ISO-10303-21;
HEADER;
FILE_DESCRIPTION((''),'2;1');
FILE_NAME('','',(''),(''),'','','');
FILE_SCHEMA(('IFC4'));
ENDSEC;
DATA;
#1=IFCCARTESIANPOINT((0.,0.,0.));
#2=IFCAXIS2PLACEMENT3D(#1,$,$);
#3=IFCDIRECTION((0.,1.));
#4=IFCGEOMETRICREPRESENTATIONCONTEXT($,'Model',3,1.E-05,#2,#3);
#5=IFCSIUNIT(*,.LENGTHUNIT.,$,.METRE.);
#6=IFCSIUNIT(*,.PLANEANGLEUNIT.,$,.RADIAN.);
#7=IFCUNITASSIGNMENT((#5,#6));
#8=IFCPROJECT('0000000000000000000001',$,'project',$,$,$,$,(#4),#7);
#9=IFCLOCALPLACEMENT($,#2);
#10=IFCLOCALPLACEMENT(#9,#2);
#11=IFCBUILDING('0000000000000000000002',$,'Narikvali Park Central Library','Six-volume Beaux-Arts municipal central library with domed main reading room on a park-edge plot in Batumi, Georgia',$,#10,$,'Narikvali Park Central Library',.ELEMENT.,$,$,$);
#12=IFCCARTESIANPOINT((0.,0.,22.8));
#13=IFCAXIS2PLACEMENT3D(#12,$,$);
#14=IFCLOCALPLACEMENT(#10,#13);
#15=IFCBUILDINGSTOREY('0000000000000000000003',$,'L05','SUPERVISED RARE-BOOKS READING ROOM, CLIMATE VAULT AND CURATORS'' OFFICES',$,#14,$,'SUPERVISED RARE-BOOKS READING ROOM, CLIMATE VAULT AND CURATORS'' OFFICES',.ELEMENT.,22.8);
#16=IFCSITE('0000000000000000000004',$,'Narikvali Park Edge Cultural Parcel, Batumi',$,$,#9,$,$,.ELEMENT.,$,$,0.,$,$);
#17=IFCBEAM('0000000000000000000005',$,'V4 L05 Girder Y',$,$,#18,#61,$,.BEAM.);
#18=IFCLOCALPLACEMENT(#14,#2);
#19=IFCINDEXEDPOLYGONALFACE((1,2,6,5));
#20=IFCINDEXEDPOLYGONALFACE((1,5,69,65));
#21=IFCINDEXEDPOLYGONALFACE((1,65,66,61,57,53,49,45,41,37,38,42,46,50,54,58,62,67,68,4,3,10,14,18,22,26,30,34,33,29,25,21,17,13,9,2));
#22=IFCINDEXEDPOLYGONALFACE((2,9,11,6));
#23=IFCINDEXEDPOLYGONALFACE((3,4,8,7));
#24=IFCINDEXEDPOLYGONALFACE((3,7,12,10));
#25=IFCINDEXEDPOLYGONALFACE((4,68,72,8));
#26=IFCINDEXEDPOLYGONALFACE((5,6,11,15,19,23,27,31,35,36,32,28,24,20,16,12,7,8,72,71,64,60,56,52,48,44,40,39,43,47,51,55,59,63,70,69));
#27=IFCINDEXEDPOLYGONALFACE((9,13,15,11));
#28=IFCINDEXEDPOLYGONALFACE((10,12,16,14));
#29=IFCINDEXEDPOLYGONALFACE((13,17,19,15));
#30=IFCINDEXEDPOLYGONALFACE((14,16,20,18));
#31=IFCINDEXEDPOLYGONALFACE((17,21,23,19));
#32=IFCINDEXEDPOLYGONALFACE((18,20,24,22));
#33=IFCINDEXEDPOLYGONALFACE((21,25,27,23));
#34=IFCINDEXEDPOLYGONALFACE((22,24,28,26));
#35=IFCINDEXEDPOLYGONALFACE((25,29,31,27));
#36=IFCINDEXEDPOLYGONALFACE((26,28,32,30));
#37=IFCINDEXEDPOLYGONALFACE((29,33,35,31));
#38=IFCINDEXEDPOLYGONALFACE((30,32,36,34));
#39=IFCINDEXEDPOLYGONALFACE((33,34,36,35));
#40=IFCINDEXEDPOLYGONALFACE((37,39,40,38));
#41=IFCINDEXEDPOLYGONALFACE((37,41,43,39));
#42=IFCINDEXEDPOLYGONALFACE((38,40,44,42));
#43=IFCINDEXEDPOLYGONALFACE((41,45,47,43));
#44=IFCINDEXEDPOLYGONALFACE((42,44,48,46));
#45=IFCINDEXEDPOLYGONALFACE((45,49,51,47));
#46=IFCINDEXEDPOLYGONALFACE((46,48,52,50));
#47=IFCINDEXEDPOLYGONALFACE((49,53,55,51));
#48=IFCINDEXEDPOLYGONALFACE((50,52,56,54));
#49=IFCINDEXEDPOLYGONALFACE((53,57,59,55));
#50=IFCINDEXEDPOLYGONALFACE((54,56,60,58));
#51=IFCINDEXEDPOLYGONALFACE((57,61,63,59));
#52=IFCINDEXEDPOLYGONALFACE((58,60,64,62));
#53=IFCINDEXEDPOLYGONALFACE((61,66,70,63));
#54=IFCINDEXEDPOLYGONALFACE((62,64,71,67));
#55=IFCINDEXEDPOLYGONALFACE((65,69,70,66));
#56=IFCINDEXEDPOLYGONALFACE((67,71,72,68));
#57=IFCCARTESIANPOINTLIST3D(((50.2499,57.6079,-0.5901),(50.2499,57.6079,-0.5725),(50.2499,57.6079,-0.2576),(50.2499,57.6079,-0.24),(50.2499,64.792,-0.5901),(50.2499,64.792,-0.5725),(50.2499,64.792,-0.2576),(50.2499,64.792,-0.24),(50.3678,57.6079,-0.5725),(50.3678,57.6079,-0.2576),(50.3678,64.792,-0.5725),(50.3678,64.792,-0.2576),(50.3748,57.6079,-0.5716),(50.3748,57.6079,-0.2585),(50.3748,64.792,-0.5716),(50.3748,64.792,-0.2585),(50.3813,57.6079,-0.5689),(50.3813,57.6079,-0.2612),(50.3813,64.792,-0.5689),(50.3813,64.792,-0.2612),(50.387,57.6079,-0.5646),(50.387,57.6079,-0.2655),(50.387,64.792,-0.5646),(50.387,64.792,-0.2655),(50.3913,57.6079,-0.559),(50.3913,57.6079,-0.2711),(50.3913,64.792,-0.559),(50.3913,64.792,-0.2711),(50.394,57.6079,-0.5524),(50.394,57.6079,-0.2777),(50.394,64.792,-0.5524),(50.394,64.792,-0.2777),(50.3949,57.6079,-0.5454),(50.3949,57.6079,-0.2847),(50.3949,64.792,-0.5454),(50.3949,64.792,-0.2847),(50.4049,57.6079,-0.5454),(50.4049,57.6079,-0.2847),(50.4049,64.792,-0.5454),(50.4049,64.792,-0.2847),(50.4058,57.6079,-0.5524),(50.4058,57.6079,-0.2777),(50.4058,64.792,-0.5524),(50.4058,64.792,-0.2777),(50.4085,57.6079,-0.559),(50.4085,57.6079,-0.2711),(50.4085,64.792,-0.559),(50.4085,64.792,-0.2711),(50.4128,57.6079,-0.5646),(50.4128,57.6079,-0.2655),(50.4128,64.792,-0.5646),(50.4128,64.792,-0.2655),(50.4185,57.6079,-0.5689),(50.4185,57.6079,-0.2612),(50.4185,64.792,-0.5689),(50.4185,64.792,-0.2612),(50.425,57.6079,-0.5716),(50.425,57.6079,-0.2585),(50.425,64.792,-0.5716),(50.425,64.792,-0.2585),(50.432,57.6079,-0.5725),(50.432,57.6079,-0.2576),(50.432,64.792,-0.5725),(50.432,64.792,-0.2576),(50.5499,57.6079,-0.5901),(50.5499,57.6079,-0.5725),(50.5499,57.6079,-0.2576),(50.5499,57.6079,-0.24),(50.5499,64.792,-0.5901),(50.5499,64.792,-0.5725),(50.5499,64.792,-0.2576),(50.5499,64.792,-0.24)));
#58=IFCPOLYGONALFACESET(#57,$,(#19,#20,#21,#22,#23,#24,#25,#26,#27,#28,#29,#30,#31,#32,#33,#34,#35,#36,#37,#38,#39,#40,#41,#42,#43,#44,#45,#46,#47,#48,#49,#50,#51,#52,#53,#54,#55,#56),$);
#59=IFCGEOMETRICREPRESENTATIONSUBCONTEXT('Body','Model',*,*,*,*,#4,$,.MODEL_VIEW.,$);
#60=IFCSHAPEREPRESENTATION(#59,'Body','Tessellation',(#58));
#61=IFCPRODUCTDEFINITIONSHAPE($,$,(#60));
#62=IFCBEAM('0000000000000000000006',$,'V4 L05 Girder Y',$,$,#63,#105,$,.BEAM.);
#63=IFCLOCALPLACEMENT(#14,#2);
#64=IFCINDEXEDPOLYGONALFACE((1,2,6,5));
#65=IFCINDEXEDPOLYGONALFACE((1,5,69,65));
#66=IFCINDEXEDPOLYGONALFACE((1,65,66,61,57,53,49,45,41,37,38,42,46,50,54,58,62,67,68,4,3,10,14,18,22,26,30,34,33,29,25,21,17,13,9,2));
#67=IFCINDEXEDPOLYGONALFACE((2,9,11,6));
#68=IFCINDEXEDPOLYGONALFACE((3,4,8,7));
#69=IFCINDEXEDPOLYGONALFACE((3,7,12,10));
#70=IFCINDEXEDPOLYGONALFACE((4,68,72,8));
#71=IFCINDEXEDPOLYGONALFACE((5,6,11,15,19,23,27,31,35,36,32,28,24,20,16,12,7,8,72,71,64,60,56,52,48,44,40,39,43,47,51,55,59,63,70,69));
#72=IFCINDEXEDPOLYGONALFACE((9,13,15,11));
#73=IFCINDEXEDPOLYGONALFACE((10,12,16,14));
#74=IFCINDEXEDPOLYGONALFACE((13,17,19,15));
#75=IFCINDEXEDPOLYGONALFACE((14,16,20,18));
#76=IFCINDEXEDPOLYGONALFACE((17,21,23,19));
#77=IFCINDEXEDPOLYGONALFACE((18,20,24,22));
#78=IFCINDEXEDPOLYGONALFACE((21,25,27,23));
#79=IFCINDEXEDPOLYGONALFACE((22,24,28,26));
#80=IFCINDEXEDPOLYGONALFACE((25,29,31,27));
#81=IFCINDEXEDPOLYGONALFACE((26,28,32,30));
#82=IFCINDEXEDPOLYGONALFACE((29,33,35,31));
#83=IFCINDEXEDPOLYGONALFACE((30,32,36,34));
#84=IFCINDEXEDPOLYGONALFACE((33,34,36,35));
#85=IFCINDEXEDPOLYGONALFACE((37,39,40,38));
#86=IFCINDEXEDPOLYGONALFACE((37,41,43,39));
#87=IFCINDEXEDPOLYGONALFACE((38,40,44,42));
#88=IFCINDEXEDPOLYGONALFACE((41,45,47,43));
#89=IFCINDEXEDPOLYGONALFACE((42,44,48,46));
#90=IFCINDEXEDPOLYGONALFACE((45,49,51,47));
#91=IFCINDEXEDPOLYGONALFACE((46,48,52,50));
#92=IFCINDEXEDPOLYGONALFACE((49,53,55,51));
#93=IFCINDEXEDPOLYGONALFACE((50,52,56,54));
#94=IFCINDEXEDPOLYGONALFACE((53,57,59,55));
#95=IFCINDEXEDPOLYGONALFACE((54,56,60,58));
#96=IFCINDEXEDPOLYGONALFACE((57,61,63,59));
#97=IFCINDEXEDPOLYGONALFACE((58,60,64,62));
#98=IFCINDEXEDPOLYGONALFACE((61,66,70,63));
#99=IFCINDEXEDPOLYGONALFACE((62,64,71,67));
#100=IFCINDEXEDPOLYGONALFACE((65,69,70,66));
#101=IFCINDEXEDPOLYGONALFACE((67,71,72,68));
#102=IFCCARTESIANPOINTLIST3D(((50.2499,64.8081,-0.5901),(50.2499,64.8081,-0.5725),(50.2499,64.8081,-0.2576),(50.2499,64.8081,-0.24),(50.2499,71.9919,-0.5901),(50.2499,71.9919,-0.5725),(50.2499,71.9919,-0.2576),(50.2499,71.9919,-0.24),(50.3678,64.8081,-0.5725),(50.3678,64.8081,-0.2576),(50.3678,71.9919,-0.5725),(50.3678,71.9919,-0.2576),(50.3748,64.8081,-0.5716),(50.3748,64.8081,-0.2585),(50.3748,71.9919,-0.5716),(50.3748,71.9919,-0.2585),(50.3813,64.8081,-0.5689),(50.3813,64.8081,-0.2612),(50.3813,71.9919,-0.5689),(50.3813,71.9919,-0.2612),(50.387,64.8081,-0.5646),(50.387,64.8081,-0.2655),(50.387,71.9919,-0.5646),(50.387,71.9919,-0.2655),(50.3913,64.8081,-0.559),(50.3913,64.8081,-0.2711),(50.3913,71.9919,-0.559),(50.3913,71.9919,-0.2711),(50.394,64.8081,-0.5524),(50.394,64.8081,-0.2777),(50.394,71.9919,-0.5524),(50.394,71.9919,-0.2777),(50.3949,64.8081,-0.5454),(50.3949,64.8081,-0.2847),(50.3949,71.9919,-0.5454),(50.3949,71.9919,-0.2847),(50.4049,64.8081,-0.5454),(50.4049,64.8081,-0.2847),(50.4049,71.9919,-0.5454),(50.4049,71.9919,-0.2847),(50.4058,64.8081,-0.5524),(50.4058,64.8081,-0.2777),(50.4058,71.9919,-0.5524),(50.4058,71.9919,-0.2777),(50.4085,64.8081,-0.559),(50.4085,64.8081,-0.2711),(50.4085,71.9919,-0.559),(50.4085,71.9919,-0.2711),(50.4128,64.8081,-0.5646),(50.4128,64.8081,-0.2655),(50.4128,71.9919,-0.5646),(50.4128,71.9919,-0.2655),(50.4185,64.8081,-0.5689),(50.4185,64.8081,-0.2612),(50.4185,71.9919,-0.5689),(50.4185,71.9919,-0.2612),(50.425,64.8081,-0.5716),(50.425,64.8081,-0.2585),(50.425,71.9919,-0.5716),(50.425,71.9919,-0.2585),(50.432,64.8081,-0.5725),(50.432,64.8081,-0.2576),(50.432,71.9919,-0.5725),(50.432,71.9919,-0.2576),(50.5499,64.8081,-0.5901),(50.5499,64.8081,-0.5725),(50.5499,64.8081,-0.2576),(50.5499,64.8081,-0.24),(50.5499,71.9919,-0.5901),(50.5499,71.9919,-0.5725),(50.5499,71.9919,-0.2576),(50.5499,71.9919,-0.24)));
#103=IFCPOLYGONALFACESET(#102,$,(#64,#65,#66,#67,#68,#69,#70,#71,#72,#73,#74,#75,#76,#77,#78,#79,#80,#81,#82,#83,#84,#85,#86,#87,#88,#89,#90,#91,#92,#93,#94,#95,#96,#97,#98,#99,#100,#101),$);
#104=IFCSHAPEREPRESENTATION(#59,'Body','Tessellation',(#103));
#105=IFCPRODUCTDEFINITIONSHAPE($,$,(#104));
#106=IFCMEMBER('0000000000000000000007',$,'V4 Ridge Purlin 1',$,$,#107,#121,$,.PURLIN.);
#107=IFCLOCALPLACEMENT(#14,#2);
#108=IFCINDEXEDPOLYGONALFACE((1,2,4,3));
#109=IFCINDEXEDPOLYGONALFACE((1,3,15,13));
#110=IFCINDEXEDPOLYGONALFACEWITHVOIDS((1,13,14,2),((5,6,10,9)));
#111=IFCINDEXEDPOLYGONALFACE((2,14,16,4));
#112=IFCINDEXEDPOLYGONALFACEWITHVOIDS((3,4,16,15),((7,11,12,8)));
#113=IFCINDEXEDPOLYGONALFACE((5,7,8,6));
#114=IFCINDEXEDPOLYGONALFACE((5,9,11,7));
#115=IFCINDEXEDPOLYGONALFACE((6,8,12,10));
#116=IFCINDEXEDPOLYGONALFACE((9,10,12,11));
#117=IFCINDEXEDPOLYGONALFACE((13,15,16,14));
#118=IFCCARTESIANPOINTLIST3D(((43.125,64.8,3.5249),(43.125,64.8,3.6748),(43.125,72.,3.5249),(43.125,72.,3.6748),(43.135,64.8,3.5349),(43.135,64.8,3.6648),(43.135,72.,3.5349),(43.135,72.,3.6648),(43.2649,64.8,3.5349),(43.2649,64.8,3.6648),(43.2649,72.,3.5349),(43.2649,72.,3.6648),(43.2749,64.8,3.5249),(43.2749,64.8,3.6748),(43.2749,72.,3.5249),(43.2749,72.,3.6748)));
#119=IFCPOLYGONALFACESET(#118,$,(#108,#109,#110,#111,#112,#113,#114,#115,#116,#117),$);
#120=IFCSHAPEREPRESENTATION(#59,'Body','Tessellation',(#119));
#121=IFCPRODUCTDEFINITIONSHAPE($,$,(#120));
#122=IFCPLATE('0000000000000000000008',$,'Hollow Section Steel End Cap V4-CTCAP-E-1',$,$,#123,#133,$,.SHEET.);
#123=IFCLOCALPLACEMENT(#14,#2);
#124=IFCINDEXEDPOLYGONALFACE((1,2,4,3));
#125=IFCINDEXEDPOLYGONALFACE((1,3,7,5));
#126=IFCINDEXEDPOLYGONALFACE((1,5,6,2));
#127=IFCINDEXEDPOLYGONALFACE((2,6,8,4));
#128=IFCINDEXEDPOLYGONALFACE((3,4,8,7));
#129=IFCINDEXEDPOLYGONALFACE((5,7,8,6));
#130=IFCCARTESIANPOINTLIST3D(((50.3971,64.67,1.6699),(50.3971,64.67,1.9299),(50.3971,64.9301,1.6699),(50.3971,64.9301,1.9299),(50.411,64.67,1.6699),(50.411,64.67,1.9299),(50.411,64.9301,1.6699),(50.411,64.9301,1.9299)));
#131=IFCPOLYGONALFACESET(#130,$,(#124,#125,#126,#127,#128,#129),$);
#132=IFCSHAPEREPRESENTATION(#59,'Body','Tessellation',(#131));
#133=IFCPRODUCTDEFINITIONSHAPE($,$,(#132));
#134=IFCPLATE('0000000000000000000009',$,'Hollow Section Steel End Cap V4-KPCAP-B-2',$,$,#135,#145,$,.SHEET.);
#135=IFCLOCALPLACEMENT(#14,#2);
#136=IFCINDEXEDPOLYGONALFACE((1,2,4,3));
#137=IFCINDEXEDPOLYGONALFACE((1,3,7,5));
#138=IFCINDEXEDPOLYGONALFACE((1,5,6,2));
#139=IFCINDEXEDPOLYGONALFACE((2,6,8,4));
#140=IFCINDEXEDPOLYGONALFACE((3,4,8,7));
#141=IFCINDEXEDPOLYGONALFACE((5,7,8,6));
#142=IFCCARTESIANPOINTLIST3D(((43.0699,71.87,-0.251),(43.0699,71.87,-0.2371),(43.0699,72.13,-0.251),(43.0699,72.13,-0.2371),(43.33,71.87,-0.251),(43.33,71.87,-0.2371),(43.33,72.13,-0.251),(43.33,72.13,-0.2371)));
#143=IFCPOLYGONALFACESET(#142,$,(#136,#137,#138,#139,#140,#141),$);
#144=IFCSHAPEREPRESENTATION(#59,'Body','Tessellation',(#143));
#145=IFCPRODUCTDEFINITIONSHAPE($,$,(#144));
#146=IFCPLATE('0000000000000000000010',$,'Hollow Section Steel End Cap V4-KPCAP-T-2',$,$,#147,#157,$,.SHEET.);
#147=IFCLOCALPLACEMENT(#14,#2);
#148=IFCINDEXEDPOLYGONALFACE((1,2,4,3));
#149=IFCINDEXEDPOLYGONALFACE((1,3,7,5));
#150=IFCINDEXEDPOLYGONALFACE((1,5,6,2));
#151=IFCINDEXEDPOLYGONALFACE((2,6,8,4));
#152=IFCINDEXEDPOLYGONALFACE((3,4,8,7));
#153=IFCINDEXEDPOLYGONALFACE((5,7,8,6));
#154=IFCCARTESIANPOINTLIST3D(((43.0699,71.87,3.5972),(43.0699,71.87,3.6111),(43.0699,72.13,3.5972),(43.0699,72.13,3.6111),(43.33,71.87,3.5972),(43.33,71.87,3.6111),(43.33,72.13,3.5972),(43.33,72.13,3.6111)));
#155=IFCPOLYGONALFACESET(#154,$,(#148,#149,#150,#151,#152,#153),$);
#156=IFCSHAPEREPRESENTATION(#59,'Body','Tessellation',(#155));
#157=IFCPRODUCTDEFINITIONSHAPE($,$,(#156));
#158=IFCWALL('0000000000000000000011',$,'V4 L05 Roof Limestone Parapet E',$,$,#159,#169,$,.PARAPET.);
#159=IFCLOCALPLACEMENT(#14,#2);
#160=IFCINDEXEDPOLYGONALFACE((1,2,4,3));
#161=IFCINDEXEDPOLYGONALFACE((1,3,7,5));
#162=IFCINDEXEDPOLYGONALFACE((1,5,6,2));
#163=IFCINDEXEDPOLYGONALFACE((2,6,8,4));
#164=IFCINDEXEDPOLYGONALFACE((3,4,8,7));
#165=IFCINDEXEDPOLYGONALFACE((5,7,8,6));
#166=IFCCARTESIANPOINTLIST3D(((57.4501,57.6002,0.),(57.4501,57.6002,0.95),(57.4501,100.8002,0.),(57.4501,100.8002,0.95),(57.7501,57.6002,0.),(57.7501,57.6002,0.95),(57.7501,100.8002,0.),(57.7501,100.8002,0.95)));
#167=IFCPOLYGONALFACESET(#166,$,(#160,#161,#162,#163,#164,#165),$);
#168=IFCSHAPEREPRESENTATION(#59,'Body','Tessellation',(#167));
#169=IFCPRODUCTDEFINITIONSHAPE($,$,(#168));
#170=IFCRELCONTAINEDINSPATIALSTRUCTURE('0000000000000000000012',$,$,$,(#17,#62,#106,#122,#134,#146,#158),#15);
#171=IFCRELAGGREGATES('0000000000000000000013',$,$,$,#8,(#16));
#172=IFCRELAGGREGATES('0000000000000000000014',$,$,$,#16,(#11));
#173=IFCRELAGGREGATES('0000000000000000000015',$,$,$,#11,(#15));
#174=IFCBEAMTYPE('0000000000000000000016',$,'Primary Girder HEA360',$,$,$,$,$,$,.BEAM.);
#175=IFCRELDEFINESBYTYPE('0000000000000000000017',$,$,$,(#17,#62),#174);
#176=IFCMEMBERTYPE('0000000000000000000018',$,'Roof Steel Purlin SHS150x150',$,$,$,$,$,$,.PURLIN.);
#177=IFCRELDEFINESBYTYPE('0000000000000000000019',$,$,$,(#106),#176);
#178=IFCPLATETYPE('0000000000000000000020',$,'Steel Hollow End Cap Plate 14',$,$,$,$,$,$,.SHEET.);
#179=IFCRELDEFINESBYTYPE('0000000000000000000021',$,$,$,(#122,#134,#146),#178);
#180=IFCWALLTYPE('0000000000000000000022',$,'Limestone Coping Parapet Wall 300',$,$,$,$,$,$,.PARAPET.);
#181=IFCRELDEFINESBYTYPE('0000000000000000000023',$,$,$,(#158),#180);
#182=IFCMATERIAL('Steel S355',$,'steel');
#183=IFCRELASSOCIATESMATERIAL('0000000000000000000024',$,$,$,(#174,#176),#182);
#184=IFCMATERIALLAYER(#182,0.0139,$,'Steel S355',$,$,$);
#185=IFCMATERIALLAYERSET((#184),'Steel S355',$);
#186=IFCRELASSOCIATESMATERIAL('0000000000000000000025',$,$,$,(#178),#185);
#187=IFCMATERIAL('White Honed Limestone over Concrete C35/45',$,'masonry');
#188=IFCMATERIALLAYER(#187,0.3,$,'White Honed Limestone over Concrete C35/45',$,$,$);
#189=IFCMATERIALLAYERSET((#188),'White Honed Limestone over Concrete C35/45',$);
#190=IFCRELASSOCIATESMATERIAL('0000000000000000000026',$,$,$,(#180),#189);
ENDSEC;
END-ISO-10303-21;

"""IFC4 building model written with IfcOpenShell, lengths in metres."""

from ifc_helpers import new_model, si_unit, direction, frame, frame_2d, origin, origin_2d, place, context, subcontext, project, spatial, rectangle, hollow_rectangle, i_section, extrude, material, layer, layer_set, material_profile, profile_set, type_object, element, save


model = new_model("IFC4")

# Units and contexts
model_context = context("Model", 3, precision=1e-05, world=origin(), true_north=direction((0.0, 1.0)))
body_context = subcontext(model_context, "Body", "Model", "MODEL_VIEW")
ifc_project = project(units=[si_unit("LENGTHUNIT", "METRE"), si_unit("PLANEANGLEUNIT", "RADIAN")], contexts=[model_context])

# Site, building, storey
site_placement = place(None, origin())
site = spatial("IfcSite", under=ifc_project, at=site_placement, Name="Narikvali Park Edge Cultural Parcel, Batumi", CompositionType="ELEMENT", RefElevation=0.0)
building_placement = place(site_placement, origin())
building = spatial("IfcBuilding", under=site, at=building_placement, Name="Narikvali Park Central Library", Description="Six-volume Beaux-Arts municipal central library with domed main reading room on a park-edge plot in Batumi, Georgia", LongName="Narikvali Park Central Library", CompositionType="ELEMENT")
storey_placement = place(building_placement, frame((0.0, 0.0, 22.8)))
storey = spatial("IfcBuildingStorey", under=building, at=storey_placement, Name="L05", Description="SUPERVISED RARE-BOOKS READING ROOM, CLIMATE VAULT AND CURATORS' OFFICES", LongName="SUPERVISED RARE-BOOKS READING ROOM, CLIMATE VAULT AND CURATORS' OFFICES", CompositionType="ELEMENT", Elevation=22.8)

# Shared definitions
ifc_material_1 = material(Name="Steel S355", Category="steel")

# Beams
ifc_material_profile_1 = material_profile(ifc_material_1, i_section(OverallWidth=0.3, OverallDepth=0.3501, WebThickness=0.01, FlangeThickness=0.0176, FilletRadius=0.0271, at=origin_2d()), Name="HEA 360")
ifc_profile_set_1 = profile_set([ifc_material_profile_1], Name="Steel S355")
beam_type_1 = type_object("IfcBeamType", Name="Primary Girder HEA360", PredefinedType="BEAM", material=ifc_profile_set_1)
beam_1_placement = place(storey_placement, frame((50.3999, 57.6079, -0.415), z_axis=(0.0, 1.0, 0.0), x_axis=(-1.0, 0.0, 0.0)))
element("IfcBeam", 1, at=beam_1_placement, inside=storey, type_object=beam_type_1, Name="V4 L05 Girder Y", PredefinedType="BEAM", context=body_context, shape_type="SweptSolid", body=[
    extrude(i_section(OverallWidth=0.3, OverallDepth=0.3501, WebThickness=0.01, FlangeThickness=0.0176, FilletRadius=0.0271, at=origin_2d()), origin(), (0.0, 0.0, 1.0), 7.1841),
])
beam_2_placement = place(storey_placement, frame((50.3999, 64.8081, -0.415), z_axis=(0.0, 1.0, 0.0), x_axis=(-1.0, 0.0, 0.0)))
element("IfcBeam", 2, at=beam_2_placement, inside=storey, type_object=beam_type_1, Name="V4 L05 Girder Y", PredefinedType="BEAM", context=body_context, shape_type="SweptSolid", body=[
    extrude(i_section(OverallWidth=0.3, OverallDepth=0.3501, WebThickness=0.01, FlangeThickness=0.0176, FilletRadius=0.0271, at=origin_2d()), origin(), (0.0, 0.0, 1.0), 7.1838),
])

# Member
ifc_material_profile_2 = material_profile(ifc_material_1, hollow_rectangle(XDim=0.1499, YDim=0.1499, WallThickness=0.01, at=origin_2d()), Name="SHS 150x150x10")
ifc_profile_set_2 = profile_set([ifc_material_profile_2], Name="Steel S355")
member_type_1 = type_object("IfcMemberType", Name="Roof Steel Purlin SHS150x150", PredefinedType="PURLIN", material=ifc_profile_set_2)
member_1_placement = place(storey_placement, frame((43.2, 64.8, 3.5999), z_axis=(0.0, 1.0, 0.0), x_axis=(-1.0, 0.0, 0.0)))
element("IfcMember", 3, at=member_1_placement, inside=storey, type_object=member_type_1, Name="V4 Ridge Purlin 1", PredefinedType="PURLIN", context=body_context, shape_type="SweptSolid", body=[
    extrude(hollow_rectangle(XDim=0.1499, YDim=0.1499, WallThickness=0.01, at=origin_2d()), origin(), (0.0, 0.0, 1.0), 7.2),
])

# Plates
ifc_layer_1 = layer(ifc_material_1, 0.0139, Name="Steel S355")
ifc_layer_set_1 = layer_set([ifc_layer_1], Name="Steel S355")
plate_type = type_object("IfcPlateType", Name="Steel Hollow End Cap Plate 14", PredefinedType="SHEET", material=ifc_layer_set_1)
plate_placement = place(storey_placement, frame((50.4041, 64.8, 1.6699), z_axis=(0.0, 0.0, 1.0), x_axis=(1.0, 0.0, 0.0)))
element("IfcPlate", 4, at=plate_placement, inside=storey, type_object=plate_type, Name="Hollow Section Steel End Cap V4-CTCAP-E-1", PredefinedType="SHEET", context=body_context, shape_type="SweptSolid", body=[
    extrude(rectangle(XDim=0.0139, YDim=0.26, at=origin_2d()), origin(), (0.0, 0.0, 1.0), 0.26),
])
for number, where, z_axis, x_axis, name in (
    (5, (43.2, 72.0, -0.251), (0.0, 0.0, 1.0), (1.0, 0.0, 0.0), "Hollow Section Steel End Cap V4-KPCAP-B-2"),
    (6, (43.2, 72.0, 3.5972), (0.0, 0.0, 1.0), (1.0, 0.0, 0.0), "Hollow Section Steel End Cap V4-KPCAP-T-2"),
):
    element("IfcPlate", number, at=place(storey_placement, frame(where, z_axis=z_axis, x_axis=x_axis)), inside=storey, type_object=plate_type, Name=name, PredefinedType="SHEET", context=body_context, shape_type="SweptSolid", body=[
        extrude(rectangle(XDim=0.26, YDim=0.26, at=origin_2d()), origin(), (0.0, 0.0, 1.0), 0.0139),
    ])

# Wall
ifc_material_2 = material(Name="White Honed Limestone over Concrete C35/45", Category="masonry")
ifc_layer_2 = layer(ifc_material_2, 0.3, Name="White Honed Limestone over Concrete C35/45")
ifc_layer_set_2 = layer_set([ifc_layer_2], Name="White Honed Limestone over Concrete C35/45")
wall_type = type_object("IfcWallType", Name="Limestone Coping Parapet Wall 300", PredefinedType="PARAPET", material=ifc_layer_set_2)
wall_placement = place(storey_placement, frame((57.6001, 57.6001, 0.0), z_axis=(0.0, 0.0, 1.0), x_axis=(0.0, 1.0, 0.0)))
element("IfcWall", 7, at=wall_placement, inside=storey, type_object=wall_type, Name="V4 L05 Roof Limestone Parapet E", PredefinedType="PARAPET", context=body_context, shape_type="SweptSolid", body=[
    extrude(rectangle(XDim=43.2, YDim=0.3, at=frame_2d((21.6001, 0.0))), origin(), (0.0, 0.0, 1.0), 0.95),
])

save(model, "model.ifc")
